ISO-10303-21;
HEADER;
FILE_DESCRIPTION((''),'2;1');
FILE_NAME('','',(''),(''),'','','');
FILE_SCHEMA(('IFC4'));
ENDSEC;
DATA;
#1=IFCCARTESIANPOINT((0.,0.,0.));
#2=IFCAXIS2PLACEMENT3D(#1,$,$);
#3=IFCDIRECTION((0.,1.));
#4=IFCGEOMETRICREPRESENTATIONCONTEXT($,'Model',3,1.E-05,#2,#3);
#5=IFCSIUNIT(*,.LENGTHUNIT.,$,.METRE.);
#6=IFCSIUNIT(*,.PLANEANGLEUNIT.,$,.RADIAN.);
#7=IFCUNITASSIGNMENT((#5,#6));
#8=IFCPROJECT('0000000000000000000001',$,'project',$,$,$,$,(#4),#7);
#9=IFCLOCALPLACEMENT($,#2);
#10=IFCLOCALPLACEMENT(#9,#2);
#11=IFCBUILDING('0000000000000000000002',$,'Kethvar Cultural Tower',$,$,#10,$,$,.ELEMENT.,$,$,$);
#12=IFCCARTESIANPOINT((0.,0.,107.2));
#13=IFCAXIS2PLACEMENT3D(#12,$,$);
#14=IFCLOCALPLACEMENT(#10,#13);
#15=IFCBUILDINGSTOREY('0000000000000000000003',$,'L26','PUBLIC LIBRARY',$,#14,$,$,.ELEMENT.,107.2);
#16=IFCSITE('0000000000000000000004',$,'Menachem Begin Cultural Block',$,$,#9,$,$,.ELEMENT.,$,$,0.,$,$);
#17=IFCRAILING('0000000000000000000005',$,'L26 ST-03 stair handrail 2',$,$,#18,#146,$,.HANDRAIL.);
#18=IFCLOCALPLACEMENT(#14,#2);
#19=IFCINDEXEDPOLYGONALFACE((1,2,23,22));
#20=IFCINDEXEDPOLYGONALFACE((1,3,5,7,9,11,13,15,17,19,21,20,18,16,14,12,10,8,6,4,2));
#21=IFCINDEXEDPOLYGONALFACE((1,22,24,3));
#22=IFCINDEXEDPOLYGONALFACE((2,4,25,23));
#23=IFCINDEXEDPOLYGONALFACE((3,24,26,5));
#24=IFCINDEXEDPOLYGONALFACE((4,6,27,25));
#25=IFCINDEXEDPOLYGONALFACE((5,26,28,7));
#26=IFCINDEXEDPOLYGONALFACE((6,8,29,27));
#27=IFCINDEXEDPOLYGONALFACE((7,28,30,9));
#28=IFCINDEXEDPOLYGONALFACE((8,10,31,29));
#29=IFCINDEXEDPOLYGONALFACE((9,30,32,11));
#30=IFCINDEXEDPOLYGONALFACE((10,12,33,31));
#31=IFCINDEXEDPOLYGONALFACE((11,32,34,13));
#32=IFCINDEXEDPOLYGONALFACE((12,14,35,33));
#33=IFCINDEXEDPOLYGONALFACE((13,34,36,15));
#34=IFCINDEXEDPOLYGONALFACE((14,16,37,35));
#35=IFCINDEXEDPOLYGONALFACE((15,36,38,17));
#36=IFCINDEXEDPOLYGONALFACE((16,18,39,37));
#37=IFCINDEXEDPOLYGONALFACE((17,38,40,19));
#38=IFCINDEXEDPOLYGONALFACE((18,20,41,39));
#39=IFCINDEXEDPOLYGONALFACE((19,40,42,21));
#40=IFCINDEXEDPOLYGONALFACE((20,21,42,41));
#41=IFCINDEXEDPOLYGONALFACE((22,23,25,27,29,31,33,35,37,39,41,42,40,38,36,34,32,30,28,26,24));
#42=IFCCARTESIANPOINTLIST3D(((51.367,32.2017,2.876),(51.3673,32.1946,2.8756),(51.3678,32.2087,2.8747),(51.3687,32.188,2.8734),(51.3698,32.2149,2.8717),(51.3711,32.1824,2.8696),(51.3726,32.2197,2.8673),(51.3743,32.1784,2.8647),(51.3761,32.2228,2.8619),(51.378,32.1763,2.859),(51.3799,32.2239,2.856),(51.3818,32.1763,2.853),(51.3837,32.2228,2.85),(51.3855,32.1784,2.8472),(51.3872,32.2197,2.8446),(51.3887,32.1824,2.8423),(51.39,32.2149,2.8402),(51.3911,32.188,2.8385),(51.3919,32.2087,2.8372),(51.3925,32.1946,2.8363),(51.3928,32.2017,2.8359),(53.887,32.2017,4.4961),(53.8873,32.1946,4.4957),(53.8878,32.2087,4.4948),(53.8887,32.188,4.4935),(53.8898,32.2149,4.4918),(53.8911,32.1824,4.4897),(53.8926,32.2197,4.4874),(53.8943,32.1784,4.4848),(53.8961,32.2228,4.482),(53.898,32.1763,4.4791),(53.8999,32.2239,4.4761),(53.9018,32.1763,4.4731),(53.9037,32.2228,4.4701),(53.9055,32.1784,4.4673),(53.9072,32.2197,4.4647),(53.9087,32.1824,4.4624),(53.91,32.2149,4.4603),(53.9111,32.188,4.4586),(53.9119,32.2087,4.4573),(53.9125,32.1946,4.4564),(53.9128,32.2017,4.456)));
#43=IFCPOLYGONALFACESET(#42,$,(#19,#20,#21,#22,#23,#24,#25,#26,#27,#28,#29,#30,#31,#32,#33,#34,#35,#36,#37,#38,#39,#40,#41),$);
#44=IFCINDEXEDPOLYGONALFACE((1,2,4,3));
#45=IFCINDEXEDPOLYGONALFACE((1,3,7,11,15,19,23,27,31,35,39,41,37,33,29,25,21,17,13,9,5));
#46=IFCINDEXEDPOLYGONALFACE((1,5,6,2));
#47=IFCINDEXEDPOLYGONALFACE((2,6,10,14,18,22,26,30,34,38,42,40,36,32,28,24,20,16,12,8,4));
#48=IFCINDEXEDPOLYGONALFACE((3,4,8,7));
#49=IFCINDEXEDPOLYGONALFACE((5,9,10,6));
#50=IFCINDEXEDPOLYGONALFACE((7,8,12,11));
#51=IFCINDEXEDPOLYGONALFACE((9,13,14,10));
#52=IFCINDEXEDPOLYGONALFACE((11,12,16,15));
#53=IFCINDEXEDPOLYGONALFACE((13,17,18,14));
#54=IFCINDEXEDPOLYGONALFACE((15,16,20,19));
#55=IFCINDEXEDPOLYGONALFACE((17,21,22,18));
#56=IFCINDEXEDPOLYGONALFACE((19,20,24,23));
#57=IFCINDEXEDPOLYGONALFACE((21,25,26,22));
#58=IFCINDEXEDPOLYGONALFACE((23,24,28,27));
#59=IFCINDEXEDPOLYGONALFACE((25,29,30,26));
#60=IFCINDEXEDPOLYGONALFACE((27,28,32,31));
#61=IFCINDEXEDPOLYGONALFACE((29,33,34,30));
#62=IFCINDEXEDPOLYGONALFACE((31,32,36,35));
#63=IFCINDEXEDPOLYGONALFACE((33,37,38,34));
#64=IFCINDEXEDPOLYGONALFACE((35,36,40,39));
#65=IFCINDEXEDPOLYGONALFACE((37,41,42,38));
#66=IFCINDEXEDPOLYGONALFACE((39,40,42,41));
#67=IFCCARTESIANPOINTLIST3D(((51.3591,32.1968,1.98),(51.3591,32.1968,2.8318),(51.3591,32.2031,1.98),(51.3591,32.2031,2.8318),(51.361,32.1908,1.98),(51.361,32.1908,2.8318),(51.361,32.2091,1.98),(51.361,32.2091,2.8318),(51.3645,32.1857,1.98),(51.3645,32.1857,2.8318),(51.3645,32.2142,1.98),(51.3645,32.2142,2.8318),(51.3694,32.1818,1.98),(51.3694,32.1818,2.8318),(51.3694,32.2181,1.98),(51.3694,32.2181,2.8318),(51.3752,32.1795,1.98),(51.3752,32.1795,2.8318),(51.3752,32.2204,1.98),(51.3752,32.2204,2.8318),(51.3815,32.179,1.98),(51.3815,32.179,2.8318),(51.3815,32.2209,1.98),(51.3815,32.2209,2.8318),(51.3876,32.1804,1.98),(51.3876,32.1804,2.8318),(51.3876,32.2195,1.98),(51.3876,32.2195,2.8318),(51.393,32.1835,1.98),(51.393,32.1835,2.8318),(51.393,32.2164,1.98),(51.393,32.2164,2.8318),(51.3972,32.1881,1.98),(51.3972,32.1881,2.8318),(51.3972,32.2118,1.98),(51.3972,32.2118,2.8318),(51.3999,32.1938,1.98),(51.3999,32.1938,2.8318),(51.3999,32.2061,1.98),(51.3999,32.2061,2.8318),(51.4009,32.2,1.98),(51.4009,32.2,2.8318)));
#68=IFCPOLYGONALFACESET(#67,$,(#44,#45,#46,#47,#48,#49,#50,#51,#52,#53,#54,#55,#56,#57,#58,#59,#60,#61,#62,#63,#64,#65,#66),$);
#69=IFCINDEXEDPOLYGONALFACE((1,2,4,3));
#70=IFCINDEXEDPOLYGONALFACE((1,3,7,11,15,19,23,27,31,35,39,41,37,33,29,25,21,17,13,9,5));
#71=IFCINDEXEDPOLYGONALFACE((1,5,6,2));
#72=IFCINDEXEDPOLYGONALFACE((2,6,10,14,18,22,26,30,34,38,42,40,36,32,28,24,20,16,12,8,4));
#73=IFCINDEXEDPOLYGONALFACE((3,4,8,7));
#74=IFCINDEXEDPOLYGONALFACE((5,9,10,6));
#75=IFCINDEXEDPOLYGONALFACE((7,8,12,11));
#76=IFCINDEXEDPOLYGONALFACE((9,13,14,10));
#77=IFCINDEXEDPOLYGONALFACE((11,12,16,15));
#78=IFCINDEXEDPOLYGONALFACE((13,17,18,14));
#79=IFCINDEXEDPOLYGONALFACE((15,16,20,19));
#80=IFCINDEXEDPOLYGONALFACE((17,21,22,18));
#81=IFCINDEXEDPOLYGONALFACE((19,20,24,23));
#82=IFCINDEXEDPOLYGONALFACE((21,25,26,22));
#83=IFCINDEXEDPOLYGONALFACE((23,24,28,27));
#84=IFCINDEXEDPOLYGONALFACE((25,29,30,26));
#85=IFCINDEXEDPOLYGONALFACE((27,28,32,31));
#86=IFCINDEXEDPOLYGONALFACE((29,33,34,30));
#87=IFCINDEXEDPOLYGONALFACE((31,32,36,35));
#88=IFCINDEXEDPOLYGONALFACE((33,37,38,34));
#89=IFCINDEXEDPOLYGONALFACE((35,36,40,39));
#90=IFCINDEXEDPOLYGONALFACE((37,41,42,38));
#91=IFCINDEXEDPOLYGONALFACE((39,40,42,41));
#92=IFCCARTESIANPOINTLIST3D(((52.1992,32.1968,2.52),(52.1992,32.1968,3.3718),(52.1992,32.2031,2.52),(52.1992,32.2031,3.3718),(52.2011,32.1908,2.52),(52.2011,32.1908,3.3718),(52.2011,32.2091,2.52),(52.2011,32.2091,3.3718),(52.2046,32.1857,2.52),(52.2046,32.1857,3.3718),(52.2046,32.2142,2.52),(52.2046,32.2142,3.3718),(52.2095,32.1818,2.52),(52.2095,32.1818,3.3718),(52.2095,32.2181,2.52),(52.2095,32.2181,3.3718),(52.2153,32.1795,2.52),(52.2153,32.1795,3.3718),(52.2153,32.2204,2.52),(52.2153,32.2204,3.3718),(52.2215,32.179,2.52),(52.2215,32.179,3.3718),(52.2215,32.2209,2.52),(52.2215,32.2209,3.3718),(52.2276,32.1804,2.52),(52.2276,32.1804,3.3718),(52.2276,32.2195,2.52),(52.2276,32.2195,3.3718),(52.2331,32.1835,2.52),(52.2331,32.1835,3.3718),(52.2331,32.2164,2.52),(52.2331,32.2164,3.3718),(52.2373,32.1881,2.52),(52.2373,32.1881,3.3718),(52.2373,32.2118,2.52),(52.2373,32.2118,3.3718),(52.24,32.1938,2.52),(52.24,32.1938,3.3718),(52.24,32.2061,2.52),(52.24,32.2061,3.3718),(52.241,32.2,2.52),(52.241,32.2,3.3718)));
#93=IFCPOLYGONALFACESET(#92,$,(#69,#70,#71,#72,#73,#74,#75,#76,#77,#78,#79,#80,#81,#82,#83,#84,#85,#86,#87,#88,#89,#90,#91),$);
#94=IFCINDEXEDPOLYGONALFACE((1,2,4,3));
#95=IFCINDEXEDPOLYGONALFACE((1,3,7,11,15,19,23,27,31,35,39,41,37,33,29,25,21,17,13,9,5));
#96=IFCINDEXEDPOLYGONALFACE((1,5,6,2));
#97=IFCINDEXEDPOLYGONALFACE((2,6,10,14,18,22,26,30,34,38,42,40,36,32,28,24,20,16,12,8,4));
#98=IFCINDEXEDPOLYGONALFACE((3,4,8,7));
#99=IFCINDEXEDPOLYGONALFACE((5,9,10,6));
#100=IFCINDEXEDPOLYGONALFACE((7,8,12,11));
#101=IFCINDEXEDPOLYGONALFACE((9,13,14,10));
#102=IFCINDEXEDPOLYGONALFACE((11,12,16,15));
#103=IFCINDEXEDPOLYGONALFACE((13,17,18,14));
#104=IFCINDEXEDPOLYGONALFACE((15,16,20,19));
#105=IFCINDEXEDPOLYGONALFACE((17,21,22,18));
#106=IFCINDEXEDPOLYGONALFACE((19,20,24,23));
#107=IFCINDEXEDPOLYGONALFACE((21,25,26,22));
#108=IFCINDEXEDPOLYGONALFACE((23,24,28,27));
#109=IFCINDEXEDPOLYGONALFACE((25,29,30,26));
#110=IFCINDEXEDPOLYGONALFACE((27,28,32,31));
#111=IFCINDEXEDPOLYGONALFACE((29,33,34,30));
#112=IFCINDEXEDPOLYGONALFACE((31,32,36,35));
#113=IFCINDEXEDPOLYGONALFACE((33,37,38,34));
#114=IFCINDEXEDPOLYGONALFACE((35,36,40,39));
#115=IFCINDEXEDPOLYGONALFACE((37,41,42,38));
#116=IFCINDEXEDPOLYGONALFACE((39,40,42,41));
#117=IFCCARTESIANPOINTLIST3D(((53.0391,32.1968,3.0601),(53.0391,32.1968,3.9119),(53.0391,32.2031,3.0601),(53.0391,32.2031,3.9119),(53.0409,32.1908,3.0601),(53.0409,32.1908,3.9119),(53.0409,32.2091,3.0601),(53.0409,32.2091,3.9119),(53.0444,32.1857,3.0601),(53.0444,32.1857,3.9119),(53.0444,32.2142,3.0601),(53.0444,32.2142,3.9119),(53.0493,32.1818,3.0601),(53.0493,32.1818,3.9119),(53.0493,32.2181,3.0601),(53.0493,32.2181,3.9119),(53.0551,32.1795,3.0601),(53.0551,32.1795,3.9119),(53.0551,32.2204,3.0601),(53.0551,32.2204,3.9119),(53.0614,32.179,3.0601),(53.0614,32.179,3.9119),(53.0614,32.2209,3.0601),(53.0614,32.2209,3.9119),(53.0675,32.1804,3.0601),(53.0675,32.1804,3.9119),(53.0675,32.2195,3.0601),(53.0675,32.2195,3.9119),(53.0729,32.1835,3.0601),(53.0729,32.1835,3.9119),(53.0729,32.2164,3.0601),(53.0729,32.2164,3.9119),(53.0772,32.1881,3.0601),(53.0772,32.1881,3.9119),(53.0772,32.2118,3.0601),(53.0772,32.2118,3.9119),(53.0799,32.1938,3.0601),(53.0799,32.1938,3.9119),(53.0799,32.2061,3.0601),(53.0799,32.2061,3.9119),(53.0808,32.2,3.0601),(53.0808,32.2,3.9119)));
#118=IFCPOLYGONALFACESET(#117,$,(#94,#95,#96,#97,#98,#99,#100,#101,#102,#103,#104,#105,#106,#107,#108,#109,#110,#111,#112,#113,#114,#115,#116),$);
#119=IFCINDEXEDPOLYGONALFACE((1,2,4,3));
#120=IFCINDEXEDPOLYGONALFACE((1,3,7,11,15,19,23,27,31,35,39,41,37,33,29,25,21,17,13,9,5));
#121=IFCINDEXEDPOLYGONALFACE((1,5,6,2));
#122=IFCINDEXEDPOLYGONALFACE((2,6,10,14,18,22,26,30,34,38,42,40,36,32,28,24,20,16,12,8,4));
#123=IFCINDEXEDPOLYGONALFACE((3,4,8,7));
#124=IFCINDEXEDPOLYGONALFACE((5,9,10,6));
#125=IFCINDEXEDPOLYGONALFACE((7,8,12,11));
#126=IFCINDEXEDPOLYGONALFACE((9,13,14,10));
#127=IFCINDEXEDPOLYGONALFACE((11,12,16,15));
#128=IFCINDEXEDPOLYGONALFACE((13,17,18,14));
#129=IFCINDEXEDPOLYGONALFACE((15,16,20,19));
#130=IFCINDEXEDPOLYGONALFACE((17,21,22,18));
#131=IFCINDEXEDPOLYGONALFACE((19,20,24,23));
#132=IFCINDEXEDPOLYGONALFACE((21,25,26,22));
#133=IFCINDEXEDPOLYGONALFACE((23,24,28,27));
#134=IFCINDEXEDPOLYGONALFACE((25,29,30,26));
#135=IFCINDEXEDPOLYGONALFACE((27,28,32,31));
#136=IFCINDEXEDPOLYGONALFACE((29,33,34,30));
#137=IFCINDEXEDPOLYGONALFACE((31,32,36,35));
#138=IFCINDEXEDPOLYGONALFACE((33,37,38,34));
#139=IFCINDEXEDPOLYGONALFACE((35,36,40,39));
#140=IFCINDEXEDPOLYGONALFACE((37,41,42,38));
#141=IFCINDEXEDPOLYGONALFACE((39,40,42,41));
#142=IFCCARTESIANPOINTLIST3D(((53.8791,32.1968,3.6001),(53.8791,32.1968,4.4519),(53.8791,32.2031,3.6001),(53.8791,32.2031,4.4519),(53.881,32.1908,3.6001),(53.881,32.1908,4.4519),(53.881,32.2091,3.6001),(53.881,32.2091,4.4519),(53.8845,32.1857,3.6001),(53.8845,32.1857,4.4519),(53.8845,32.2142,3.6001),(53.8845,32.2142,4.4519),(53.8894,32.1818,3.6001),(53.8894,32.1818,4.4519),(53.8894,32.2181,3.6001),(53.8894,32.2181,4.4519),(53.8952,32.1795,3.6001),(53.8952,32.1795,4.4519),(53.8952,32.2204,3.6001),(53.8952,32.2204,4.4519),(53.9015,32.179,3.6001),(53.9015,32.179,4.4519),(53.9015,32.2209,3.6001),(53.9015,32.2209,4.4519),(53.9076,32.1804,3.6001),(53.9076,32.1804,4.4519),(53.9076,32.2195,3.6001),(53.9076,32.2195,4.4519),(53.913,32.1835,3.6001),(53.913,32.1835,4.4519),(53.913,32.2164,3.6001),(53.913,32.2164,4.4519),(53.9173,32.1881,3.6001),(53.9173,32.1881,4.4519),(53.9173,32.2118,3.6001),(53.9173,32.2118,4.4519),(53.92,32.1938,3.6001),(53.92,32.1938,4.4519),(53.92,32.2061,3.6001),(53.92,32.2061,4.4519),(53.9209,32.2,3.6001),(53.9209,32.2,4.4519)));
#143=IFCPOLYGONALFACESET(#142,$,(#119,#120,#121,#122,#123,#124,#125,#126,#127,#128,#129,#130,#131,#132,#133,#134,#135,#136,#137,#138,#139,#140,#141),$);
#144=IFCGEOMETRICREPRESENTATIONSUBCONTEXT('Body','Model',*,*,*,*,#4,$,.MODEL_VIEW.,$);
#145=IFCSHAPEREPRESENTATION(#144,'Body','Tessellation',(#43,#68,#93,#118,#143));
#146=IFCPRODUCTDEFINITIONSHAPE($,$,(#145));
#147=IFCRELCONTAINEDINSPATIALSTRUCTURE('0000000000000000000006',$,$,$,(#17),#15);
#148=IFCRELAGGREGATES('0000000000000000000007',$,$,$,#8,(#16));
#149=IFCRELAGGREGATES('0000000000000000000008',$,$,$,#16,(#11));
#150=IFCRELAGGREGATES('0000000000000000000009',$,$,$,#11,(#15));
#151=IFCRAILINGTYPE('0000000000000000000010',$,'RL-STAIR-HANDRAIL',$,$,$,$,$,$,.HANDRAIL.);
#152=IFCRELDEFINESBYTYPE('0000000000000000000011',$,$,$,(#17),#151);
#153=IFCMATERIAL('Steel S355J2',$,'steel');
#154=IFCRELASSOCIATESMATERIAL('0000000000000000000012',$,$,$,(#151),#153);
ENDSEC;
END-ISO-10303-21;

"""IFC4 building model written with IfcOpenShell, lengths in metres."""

from ifc_helpers import new_model, si_unit, direction, frame, origin, origin_2d, place, context, subcontext, project, spatial, circle, extrude, material, type_object, element, save


model = new_model("IFC4")

# Units and contexts
model_context = context("Model", 3, precision=1e-05, world=origin(), true_north=direction((0.0, 1.0)))
body_context = subcontext(model_context, "Body", "Model", "MODEL_VIEW")
ifc_project = project(units=[si_unit("LENGTHUNIT", "METRE"), si_unit("PLANEANGLEUNIT", "RADIAN")], contexts=[model_context])

# Site, building, storey
site_placement = place(None, origin())
site = spatial("IfcSite", under=ifc_project, at=site_placement, Name="Menachem Begin Cultural Block", CompositionType="ELEMENT", RefElevation=0.0)
building_placement = place(site_placement, origin())
building = spatial("IfcBuilding", under=site, at=building_placement, Name="Kethvar Cultural Tower", CompositionType="ELEMENT")
storey_placement = place(building_placement, frame((0.0, 0.0, 107.2)))
storey = spatial("IfcBuildingStorey", under=building, at=storey_placement, Name="L26", Description="PUBLIC LIBRARY", CompositionType="ELEMENT", Elevation=107.2)

# Shared definitions
ifc_material_1 = material(Name="Steel S355J2", Category="steel")

# Railing
railing_type_1 = type_object("IfcRailingType", Name="RL-STAIR-HANDRAIL", PredefinedType="HANDRAIL", material=ifc_material_1)
railing_1_placement = place(storey_placement, frame((51.3799, 32.2, 1.98)))
element("IfcRailing", 1, at=railing_1_placement, inside=storey, type_object=railing_type_1, Name="L26 ST-03 stair handrail 2", PredefinedType="HANDRAIL", context=body_context, shape_type="SweptSolid", body=[
    extrude(circle(Radius=0.0239, at=origin_2d()), frame((0.0, 0.0, 0.876), z_axis=(0.841163, 0.0, 0.540782), x_axis=(0.0, 1.0, 0.0)), (0.0, 0.0, 1.0), 2.9958),
    extrude(circle(Radius=0.021, at=origin_2d()), origin(), (0.0, 0.0, 1.0), 0.8518),
    extrude(circle(Radius=0.021, at=origin_2d()), frame((0.8401, 0.0, 0.54)), (0.0, 0.0, 1.0), 0.8518),
    extrude(circle(Radius=0.021, at=origin_2d()), frame((1.6799, 0.0, 1.0801)), (0.0, 0.0, 1.0), 0.8518),
    extrude(circle(Radius=0.021, at=origin_2d()), frame((2.52, 0.0, 1.6201)), (0.0, 0.0, 1.0), 0.8518),
])

save(model, "model.ifc")
